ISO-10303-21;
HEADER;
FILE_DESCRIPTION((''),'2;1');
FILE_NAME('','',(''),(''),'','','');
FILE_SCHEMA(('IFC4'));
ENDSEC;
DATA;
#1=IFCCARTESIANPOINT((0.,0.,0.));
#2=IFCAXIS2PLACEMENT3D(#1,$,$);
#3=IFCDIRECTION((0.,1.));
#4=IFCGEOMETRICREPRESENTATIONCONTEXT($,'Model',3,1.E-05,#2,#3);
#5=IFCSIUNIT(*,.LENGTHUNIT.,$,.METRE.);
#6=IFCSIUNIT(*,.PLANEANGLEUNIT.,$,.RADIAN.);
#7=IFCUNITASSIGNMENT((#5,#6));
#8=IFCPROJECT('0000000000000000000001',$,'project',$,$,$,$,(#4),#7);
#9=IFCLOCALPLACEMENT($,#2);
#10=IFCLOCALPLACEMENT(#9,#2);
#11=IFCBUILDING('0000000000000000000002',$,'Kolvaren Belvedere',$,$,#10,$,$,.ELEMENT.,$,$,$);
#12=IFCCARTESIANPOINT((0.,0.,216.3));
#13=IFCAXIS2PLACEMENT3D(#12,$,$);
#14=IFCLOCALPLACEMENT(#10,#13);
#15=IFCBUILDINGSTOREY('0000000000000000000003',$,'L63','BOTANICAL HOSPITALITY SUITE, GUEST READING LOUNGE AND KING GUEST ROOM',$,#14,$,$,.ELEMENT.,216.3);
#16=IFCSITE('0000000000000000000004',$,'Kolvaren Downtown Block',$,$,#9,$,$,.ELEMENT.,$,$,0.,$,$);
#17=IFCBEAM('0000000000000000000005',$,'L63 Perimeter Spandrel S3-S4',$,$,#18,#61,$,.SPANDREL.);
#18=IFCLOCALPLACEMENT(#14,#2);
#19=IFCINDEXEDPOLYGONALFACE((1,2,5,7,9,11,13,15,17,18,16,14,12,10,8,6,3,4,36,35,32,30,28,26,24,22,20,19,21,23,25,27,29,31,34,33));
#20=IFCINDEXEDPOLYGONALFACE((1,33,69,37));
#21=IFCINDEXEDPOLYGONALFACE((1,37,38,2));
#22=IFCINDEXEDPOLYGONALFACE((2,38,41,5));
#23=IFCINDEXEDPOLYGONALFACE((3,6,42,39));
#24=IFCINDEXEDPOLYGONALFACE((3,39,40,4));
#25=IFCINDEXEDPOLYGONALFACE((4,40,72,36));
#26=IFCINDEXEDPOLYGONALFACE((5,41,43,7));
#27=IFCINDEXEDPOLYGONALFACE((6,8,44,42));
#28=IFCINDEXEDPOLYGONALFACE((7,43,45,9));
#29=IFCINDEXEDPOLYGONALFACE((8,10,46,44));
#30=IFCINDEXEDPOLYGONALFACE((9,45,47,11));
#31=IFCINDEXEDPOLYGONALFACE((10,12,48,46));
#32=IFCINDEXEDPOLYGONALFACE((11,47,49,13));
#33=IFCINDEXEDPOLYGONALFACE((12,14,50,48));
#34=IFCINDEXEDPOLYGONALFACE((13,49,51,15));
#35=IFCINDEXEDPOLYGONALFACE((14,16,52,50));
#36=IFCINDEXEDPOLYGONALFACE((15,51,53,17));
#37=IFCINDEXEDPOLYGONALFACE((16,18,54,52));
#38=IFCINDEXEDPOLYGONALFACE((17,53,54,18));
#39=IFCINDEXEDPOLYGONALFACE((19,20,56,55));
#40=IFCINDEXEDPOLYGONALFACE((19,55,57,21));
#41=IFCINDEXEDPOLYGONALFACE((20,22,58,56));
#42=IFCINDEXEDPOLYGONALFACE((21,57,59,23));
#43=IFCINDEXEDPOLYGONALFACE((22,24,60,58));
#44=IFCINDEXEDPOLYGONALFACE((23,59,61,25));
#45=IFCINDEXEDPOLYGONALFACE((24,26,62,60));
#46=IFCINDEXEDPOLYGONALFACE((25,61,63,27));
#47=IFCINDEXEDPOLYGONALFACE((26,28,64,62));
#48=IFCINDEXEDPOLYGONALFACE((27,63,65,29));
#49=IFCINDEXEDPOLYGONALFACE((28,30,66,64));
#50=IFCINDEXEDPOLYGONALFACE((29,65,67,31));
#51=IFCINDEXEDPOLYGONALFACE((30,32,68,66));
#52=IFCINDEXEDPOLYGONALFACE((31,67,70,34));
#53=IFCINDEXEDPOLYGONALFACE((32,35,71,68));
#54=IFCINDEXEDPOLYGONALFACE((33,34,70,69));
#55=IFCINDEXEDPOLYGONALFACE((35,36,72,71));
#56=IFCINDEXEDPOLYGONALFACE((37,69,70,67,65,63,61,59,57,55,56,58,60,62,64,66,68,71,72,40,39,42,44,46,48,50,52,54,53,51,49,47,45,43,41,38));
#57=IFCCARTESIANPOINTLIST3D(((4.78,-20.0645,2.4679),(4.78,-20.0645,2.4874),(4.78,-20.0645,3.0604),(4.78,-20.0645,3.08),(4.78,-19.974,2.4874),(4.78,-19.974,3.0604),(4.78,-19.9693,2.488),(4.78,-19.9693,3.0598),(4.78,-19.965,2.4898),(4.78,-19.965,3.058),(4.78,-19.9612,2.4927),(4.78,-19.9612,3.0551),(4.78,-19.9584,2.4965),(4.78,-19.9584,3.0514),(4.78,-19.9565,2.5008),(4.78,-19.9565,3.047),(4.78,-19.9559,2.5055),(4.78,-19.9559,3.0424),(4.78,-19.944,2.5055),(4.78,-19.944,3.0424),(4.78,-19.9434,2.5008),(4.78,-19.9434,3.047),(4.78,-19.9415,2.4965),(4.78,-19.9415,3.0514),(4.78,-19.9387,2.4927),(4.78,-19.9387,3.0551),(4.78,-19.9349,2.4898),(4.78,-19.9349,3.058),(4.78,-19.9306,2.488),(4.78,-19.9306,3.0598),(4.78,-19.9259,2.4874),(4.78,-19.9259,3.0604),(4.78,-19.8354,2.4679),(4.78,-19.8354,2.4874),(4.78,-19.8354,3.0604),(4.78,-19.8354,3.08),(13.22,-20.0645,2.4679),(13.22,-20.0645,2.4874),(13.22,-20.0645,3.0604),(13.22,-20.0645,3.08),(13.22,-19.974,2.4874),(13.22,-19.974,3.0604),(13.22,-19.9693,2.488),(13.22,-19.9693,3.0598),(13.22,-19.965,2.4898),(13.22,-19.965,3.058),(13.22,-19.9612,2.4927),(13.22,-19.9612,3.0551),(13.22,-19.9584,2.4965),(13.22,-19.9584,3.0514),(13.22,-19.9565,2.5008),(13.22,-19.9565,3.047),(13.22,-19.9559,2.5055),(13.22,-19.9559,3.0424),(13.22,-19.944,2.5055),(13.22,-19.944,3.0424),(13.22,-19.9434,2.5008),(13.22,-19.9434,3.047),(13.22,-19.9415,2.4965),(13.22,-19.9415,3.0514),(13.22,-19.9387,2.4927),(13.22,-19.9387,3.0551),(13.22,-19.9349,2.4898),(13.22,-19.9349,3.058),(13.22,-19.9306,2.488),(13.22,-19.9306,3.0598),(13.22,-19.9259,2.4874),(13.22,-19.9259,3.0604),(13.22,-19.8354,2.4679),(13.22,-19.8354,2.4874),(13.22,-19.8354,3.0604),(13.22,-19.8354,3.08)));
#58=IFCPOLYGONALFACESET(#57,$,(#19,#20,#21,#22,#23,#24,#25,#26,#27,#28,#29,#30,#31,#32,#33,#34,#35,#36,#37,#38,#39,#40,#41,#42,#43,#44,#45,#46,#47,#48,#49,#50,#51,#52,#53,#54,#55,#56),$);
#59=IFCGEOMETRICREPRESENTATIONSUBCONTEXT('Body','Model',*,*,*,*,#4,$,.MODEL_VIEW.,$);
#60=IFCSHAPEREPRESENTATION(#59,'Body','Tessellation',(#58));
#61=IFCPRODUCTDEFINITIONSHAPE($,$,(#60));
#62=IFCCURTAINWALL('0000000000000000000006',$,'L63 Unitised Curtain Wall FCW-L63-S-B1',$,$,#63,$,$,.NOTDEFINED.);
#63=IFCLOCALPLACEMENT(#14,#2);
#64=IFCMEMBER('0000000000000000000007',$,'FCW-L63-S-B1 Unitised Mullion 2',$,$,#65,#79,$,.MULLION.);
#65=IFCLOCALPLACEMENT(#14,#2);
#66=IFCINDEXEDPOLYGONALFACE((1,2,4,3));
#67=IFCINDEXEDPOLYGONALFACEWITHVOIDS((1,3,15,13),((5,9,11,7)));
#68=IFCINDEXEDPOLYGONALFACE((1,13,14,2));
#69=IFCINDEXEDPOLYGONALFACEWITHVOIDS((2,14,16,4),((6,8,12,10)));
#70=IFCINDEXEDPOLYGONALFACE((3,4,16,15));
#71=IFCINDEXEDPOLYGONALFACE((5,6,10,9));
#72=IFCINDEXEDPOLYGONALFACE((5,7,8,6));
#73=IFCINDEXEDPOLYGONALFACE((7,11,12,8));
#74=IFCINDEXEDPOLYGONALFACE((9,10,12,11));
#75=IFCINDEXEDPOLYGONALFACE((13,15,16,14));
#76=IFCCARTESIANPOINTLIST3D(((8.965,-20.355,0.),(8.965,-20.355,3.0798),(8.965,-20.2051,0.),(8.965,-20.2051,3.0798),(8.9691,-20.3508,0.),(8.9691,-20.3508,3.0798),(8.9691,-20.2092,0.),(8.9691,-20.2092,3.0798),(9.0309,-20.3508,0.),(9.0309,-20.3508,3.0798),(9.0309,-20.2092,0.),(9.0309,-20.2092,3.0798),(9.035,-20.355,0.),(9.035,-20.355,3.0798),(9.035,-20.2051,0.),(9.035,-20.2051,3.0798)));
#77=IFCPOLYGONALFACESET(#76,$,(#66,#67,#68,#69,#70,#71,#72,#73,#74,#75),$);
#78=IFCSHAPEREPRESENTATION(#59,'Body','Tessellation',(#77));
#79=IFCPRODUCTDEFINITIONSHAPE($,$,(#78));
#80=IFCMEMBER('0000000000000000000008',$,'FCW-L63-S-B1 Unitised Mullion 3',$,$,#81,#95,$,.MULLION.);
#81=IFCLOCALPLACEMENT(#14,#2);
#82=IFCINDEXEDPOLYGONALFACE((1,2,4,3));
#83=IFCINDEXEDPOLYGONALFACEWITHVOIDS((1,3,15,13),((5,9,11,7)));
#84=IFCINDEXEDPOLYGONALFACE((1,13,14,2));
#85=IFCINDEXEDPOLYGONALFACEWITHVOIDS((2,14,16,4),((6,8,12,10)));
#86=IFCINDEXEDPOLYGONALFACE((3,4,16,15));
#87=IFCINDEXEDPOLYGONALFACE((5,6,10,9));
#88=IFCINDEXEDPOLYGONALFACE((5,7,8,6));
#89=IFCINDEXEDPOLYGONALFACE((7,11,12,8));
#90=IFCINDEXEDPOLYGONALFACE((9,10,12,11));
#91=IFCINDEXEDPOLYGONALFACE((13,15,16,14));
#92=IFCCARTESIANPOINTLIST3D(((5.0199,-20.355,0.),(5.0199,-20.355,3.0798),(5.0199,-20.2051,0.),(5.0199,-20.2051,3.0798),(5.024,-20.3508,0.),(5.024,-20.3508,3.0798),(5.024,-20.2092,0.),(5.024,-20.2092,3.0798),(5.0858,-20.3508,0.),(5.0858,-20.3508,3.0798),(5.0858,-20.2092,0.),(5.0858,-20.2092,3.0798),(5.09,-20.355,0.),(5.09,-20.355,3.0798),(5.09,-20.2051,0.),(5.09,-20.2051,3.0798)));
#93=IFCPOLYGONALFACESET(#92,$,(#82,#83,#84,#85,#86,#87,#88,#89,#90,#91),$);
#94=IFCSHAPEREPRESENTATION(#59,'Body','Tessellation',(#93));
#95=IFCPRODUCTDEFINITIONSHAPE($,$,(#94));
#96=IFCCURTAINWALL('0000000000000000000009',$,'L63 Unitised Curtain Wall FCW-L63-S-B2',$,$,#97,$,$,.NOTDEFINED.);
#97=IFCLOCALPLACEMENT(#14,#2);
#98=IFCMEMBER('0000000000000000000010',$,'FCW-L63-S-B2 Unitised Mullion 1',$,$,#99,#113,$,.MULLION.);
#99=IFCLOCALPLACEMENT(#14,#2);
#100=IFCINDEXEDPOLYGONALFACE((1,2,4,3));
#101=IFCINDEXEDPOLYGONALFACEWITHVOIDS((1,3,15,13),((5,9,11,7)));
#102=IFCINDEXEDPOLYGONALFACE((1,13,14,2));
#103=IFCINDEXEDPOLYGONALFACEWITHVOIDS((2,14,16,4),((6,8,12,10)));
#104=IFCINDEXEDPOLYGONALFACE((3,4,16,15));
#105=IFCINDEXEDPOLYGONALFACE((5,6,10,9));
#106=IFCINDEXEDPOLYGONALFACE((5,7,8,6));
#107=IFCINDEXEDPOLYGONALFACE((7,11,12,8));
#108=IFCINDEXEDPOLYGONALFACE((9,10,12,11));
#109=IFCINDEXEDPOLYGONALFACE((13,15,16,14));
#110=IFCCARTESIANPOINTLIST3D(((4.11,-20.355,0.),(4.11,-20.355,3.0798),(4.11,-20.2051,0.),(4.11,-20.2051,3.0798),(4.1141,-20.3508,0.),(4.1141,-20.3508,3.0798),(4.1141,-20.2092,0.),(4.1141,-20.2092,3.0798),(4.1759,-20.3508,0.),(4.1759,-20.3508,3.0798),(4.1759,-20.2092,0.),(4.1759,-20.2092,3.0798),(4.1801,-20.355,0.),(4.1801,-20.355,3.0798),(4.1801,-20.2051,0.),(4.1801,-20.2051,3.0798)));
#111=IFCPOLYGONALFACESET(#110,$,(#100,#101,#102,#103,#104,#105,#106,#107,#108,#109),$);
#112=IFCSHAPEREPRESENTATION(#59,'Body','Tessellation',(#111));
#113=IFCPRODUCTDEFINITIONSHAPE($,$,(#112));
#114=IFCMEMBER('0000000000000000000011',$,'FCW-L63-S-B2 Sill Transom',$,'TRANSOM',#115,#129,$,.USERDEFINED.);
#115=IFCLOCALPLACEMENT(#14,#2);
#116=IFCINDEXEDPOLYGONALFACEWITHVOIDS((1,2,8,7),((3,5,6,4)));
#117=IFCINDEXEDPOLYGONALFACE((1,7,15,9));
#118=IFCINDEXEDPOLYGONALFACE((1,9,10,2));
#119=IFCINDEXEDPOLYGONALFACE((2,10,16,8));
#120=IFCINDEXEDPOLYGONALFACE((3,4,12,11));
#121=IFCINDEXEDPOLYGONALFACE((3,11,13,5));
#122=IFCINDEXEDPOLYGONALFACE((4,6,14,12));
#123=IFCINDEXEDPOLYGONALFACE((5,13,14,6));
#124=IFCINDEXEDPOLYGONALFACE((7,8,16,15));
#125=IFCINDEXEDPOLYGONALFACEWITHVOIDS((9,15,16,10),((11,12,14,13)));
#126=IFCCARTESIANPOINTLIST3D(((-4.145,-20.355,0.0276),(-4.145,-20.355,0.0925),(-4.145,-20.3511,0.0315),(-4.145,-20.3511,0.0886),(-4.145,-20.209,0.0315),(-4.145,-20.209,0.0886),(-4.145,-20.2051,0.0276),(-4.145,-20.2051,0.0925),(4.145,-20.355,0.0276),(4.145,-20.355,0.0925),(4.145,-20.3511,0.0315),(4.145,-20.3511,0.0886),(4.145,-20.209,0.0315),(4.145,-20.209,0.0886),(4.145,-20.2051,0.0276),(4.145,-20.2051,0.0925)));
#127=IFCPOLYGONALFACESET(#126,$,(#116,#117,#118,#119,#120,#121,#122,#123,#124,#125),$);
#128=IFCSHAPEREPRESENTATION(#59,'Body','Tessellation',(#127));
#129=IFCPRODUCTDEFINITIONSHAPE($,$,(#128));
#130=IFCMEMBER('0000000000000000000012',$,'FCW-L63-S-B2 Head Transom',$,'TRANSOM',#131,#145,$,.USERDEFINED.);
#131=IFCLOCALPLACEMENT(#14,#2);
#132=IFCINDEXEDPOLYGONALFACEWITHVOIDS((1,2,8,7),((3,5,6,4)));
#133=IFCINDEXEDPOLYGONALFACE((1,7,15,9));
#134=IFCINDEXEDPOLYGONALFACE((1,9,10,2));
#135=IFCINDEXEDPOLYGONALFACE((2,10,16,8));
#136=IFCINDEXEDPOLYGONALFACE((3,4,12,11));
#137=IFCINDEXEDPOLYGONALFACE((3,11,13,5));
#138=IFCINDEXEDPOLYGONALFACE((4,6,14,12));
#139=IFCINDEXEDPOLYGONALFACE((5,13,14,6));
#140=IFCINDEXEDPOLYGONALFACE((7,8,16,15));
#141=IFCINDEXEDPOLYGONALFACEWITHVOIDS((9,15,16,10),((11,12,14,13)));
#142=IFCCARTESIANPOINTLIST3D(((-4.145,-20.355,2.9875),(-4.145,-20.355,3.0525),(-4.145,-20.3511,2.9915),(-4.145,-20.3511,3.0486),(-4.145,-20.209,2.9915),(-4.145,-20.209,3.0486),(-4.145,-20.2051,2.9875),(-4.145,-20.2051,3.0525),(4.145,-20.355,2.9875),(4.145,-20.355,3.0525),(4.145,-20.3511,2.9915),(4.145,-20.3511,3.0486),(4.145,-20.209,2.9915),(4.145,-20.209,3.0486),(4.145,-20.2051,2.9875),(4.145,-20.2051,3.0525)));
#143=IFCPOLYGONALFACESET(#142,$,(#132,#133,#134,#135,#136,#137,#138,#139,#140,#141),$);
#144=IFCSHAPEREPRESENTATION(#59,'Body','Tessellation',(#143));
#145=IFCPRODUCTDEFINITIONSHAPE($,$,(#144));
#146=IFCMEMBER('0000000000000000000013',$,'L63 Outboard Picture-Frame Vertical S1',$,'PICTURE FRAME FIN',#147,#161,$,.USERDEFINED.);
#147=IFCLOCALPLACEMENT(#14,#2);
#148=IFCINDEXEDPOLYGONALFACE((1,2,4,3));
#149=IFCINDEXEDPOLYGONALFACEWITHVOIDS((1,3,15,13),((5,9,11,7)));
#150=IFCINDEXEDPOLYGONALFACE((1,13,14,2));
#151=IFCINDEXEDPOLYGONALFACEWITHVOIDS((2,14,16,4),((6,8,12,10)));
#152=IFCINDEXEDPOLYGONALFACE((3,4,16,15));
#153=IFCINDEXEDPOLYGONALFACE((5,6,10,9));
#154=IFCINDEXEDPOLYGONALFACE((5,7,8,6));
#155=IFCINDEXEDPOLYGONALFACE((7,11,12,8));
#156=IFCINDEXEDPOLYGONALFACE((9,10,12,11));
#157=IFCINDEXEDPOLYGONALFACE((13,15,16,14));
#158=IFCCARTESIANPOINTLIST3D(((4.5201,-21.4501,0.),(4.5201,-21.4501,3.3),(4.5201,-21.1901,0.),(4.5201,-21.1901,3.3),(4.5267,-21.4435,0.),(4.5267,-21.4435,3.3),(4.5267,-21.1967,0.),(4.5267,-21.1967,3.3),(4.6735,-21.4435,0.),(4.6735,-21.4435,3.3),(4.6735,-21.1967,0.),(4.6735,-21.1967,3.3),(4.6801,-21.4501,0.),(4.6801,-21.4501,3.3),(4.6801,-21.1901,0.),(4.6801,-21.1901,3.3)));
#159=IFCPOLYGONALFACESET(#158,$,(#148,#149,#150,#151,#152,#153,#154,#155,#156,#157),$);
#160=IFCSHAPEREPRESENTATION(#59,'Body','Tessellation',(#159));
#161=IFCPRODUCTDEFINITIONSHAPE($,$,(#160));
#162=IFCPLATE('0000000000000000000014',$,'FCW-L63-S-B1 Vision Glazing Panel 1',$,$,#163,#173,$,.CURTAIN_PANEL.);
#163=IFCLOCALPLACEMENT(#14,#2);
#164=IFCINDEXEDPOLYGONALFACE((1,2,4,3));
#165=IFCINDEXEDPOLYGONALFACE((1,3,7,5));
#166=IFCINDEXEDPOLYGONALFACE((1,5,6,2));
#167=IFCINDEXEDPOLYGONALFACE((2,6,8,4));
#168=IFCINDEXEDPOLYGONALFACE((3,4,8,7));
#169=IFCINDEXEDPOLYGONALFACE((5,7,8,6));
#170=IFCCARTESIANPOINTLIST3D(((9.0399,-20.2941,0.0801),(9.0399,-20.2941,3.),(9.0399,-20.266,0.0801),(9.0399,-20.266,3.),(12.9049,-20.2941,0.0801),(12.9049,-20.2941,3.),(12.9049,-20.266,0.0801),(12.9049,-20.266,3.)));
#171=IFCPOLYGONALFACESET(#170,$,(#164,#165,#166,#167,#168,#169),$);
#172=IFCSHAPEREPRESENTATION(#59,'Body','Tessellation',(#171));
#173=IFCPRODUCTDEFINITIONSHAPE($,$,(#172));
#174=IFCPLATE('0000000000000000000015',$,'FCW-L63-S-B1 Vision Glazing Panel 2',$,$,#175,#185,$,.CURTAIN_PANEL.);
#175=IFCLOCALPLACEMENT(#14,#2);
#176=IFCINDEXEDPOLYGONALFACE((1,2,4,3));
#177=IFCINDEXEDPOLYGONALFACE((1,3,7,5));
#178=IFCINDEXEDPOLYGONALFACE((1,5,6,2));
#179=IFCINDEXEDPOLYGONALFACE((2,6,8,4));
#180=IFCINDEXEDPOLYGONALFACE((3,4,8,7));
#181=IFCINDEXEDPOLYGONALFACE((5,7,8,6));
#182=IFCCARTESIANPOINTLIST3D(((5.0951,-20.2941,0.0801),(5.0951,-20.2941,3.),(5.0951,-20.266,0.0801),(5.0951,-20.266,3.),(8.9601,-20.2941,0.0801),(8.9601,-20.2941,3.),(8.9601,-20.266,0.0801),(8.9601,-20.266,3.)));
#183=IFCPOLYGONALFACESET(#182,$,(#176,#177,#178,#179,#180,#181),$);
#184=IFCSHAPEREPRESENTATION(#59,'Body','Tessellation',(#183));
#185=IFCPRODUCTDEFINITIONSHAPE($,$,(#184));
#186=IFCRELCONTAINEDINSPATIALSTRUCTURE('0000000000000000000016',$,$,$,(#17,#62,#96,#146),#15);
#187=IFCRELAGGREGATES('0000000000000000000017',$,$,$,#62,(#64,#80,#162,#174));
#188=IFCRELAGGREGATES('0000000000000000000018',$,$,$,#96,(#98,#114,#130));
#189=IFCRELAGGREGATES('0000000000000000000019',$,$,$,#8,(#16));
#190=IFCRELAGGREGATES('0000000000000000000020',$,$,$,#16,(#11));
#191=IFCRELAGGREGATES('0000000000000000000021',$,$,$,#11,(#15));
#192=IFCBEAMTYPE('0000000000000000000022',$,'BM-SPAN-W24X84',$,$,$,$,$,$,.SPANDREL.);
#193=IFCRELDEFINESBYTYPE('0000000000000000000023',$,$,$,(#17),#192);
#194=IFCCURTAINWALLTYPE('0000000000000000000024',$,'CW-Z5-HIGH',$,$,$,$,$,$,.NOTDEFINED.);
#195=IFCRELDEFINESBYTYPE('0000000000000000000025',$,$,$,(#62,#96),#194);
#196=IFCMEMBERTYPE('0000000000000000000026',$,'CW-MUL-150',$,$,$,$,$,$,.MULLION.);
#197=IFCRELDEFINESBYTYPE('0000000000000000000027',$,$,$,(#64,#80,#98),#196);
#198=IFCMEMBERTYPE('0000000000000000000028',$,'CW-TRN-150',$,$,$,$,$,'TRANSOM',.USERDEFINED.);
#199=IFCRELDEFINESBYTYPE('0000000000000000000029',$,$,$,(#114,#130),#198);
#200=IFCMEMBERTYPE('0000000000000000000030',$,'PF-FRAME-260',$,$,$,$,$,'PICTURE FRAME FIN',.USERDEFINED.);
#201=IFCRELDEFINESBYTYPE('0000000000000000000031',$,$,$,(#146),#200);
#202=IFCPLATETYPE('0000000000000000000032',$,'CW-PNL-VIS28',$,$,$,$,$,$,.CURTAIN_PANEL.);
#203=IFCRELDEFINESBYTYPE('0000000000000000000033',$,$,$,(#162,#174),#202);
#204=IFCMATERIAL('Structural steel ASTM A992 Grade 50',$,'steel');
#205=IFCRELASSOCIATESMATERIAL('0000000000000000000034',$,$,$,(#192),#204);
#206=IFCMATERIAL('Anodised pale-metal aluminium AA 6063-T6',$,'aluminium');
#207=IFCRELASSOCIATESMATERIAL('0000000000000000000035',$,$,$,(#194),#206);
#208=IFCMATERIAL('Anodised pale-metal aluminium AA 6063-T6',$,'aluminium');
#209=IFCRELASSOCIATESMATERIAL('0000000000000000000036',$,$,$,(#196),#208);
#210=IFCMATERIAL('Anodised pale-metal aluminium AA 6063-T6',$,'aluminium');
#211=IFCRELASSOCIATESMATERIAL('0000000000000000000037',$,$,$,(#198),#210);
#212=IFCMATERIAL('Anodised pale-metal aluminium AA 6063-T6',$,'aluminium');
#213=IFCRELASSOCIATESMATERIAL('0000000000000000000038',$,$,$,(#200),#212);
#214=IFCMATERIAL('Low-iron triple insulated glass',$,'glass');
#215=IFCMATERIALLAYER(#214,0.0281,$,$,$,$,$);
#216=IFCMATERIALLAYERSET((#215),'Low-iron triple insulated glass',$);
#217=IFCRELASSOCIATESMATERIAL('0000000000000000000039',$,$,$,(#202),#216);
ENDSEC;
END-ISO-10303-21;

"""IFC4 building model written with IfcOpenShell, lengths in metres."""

from ifc_helpers import new_model, si_unit, direction, frame, origin, origin_2d, place, context, subcontext, project, spatial, rectangle, hollow_rectangle, i_section, extrude, material, layer, layer_set, material_profile, profile_set, type_object, element, aggregate, save


model = new_model("IFC4")

# Units and contexts
model_context = context("Model", 3, precision=1e-05, world=origin(), true_north=direction((0.0, 1.0)))
body_context = subcontext(model_context, "Body", "Model", "MODEL_VIEW")
ifc_project = project(units=[si_unit("LENGTHUNIT", "METRE"), si_unit("PLANEANGLEUNIT", "RADIAN")], contexts=[model_context])

# Site, building, storey
site_placement = place(None, origin())
site = spatial("IfcSite", under=ifc_project, at=site_placement, Name="Kolvaren Downtown Block", CompositionType="ELEMENT", RefElevation=0.0)
building_placement = place(site_placement, origin())
building = spatial("IfcBuilding", under=site, at=building_placement, Name="Kolvaren Belvedere", CompositionType="ELEMENT")
storey_placement = place(building_placement, frame((0.0, 0.0, 216.3)))
storey = spatial("IfcBuildingStorey", under=building, at=storey_placement, Name="L63", Description="BOTANICAL HOSPITALITY SUITE, GUEST READING LOUNGE AND KING GUEST ROOM", CompositionType="ELEMENT", Elevation=216.3)

# Beam
ifc_material_1 = material(Name="Structural steel ASTM A992 Grade 50", Category="steel")
ifc_material_profile_1 = material_profile(ifc_material_1, i_section(OverallWidth=0.229, OverallDepth=0.6121, WebThickness=0.012, FlangeThickness=0.0195, FilletRadius=0.0181, at=origin_2d()), Name="W24X84")
ifc_profile_set_1 = profile_set([ifc_material_profile_1], Name="Structural steel ASTM A992 Grade 50")
beam_type_1 = type_object("IfcBeamType", Name="BM-SPAN-W24X84", PredefinedType="SPANDREL", material=ifc_profile_set_1)
beam_1_placement = place(storey_placement, frame((4.78, -19.95, 2.7739), z_axis=(1.0, 0.0, 0.0), x_axis=(0.0, 1.0, 0.0)))
element("IfcBeam", 1, at=beam_1_placement, inside=storey, type_object=beam_type_1, Name="L63 Perimeter Spandrel S3-S4", PredefinedType="SPANDREL", context=body_context, shape_type="SweptSolid", body=[
    extrude(i_section(OverallWidth=0.229, OverallDepth=0.6121, WebThickness=0.012, FlangeThickness=0.0195, FilletRadius=0.0181, at=origin_2d()), origin(), (0.0, 0.0, 1.0), 8.4399),
])

# Curtain walls, members
ifc_material_2 = material(Name="Anodised pale-metal aluminium AA 6063-T6", Category="aluminium")
curtain_wall_type = type_object("IfcCurtainWallType", Name="CW-Z5-HIGH", PredefinedType="NOTDEFINED", material=ifc_material_2)
curtain_wall_1_placement = place(storey_placement, origin())
curtain_wall_1 = element("IfcCurtainWall", 2, at=curtain_wall_1_placement, inside=storey, type_object=curtain_wall_type, Name="L63 Unitised Curtain Wall FCW-L63-S-B1", PredefinedType="NOTDEFINED")
ifc_material_3 = material(Name="Anodised pale-metal aluminium AA 6063-T6", Category="aluminium")
ifc_material_profile_2 = material_profile(ifc_material_3, hollow_rectangle(XDim=0.0701, YDim=0.1499, WallThickness=0.0042, at=origin_2d()), Name="ALU-MUL-150X70")
ifc_profile_set_2 = profile_set([ifc_material_profile_2], Name="Anodised pale-metal aluminium AA 6063-T6")
member_type_1 = type_object("IfcMemberType", Name="CW-MUL-150", PredefinedType="MULLION", material=ifc_profile_set_2)
member_1_placement = place(storey_placement, frame((9.0, -20.28, 0.0), z_axis=(0.0, 0.0, 1.0), x_axis=(1.0, 0.0, 0.0)))
member_1 = element("IfcMember", 3, at=member_1_placement, type_object=member_type_1, Name="FCW-L63-S-B1 Unitised Mullion 2", PredefinedType="MULLION", context=body_context, shape_type="SweptSolid", body=[
    extrude(hollow_rectangle(XDim=0.0701, YDim=0.1499, WallThickness=0.0042, at=origin_2d()), origin(), (0.0, 0.0, 1.0), 3.0798),
])
member_2_placement = place(storey_placement, frame((5.0549, -20.28, 0.0), z_axis=(0.0, 0.0, 1.0), x_axis=(1.0, 0.0, 0.0)))
member_2 = element("IfcMember", 4, at=member_2_placement, type_object=member_type_1, Name="FCW-L63-S-B1 Unitised Mullion 3", PredefinedType="MULLION", context=body_context, shape_type="SweptSolid", body=[
    extrude(hollow_rectangle(XDim=0.0701, YDim=0.1499, WallThickness=0.0042, at=origin_2d()), origin(), (0.0, 0.0, 1.0), 3.0798),
])
curtain_wall_2_placement = place(storey_placement, origin())
curtain_wall_2 = element("IfcCurtainWall", 5, at=curtain_wall_2_placement, inside=storey, type_object=curtain_wall_type, Name="L63 Unitised Curtain Wall FCW-L63-S-B2", PredefinedType="NOTDEFINED")
member_3_placement = place(storey_placement, frame((4.145, -20.28, 0.0), z_axis=(0.0, 0.0, 1.0), x_axis=(1.0, 0.0, 0.0)))
member_3 = element("IfcMember", 6, at=member_3_placement, type_object=member_type_1, Name="FCW-L63-S-B2 Unitised Mullion 1", PredefinedType="MULLION", context=body_context, shape_type="SweptSolid", body=[
    extrude(hollow_rectangle(XDim=0.0701, YDim=0.1499, WallThickness=0.0042, at=origin_2d()), origin(), (0.0, 0.0, 1.0), 3.0798),
])
ifc_material_4 = material(Name="Anodised pale-metal aluminium AA 6063-T6", Category="aluminium")
ifc_material_profile_3 = material_profile(ifc_material_4, hollow_rectangle(XDim=0.0649, YDim=0.1499, WallThickness=0.0039, at=origin_2d()), Name="ALU-TRN-150X65")
ifc_profile_set_3 = profile_set([ifc_material_profile_3], Name="Anodised pale-metal aluminium AA 6063-T6")
member_type_2 = type_object("IfcMemberType", Name="CW-TRN-150", ElementType="TRANSOM", PredefinedType="USERDEFINED", material=ifc_profile_set_3)
member_4_placement = place(storey_placement, frame((4.145, -20.28, 0.0601), z_axis=(-1.0, 0.0, 0.0), x_axis=(0.0, 0.0, 1.0)))
member_4 = element("IfcMember", 7, at=member_4_placement, type_object=member_type_2, Name="FCW-L63-S-B2 Sill Transom", ObjectType="TRANSOM", PredefinedType="USERDEFINED", context=body_context, shape_type="SweptSolid", body=[
    extrude(hollow_rectangle(XDim=0.0649, YDim=0.1499, WallThickness=0.0039, at=origin_2d()), origin(), (0.0, 0.0, 1.0), 8.29),
])
member_5_placement = place(storey_placement, frame((4.145, -20.28, 3.02), z_axis=(-1.0, 0.0, 0.0), x_axis=(0.0, 0.0, 1.0)))
member_5 = element("IfcMember", 8, at=member_5_placement, type_object=member_type_2, Name="FCW-L63-S-B2 Head Transom", ObjectType="TRANSOM", PredefinedType="USERDEFINED", context=body_context, shape_type="SweptSolid", body=[
    extrude(hollow_rectangle(XDim=0.0649, YDim=0.1499, WallThickness=0.0039, at=origin_2d()), origin(), (0.0, 0.0, 1.0), 8.29),
])

# Member
ifc_material_5 = material(Name="Anodised pale-metal aluminium AA 6063-T6", Category="aluminium")
ifc_material_profile_4 = material_profile(ifc_material_5, hollow_rectangle(XDim=0.1599, YDim=0.26, WallThickness=0.0066, at=origin_2d()), Name="ALU-PF-260X160")
ifc_profile_set_4 = profile_set([ifc_material_profile_4], Name="Anodised pale-metal aluminium AA 6063-T6")
member_type_3 = type_object("IfcMemberType", Name="PF-FRAME-260", ElementType="PICTURE FRAME FIN", PredefinedType="USERDEFINED", material=ifc_profile_set_4)
member_6_placement = place(storey_placement, frame((4.6001, -21.3201, 0.0), z_axis=(0.0, 0.0, 1.0), x_axis=(1.0, 0.0, 0.0)))
element("IfcMember", 9, at=member_6_placement, inside=storey, type_object=member_type_3, Name="L63 Outboard Picture-Frame Vertical S1", ObjectType="PICTURE FRAME FIN", PredefinedType="USERDEFINED", context=body_context, shape_type="SweptSolid", body=[
    extrude(hollow_rectangle(XDim=0.1599, YDim=0.26, WallThickness=0.0066, at=origin_2d()), origin(), (0.0, 0.0, 1.0), 3.3),
])

# Plates
ifc_material_6 = material(Name="Low-iron triple insulated glass", Category="glass")
ifc_layer_1 = layer(ifc_material_6, 0.0281)
ifc_layer_set_1 = layer_set([ifc_layer_1], Name="Low-iron triple insulated glass")
plate_type_1 = type_object("IfcPlateType", Name="CW-PNL-VIS28", PredefinedType="CURTAIN_PANEL", material=ifc_layer_set_1)
plate_1_placement = place(storey_placement, frame((10.9724, -20.28, 0.0801), z_axis=(0.0, 0.0, 1.0), x_axis=(-1.0, 0.0, 0.0)))
plate_1 = element("IfcPlate", 10, at=plate_1_placement, type_object=plate_type_1, Name="FCW-L63-S-B1 Vision Glazing Panel 1", PredefinedType="CURTAIN_PANEL", context=body_context, shape_type="SweptSolid", body=[
    extrude(rectangle(XDim=3.865, YDim=0.0281, at=origin_2d()), origin(), (0.0, 0.0, 1.0), 2.9199),
])
plate_2_placement = place(storey_placement, frame((7.0276, -20.28, 0.0801), z_axis=(0.0, 0.0, 1.0), x_axis=(-1.0, 0.0, 0.0)))
plate_2 = element("IfcPlate", 11, at=plate_2_placement, type_object=plate_type_1, Name="FCW-L63-S-B1 Vision Glazing Panel 2", PredefinedType="CURTAIN_PANEL", context=body_context, shape_type="SweptSolid", body=[
    extrude(rectangle(XDim=3.865, YDim=0.0281, at=origin_2d()), origin(), (0.0, 0.0, 1.0), 2.9199),
])
aggregate(curtain_wall_1, [member_1, member_2, plate_1, plate_2])
aggregate(curtain_wall_2, [member_3, member_4, member_5])

save(model, "model.ifc")
